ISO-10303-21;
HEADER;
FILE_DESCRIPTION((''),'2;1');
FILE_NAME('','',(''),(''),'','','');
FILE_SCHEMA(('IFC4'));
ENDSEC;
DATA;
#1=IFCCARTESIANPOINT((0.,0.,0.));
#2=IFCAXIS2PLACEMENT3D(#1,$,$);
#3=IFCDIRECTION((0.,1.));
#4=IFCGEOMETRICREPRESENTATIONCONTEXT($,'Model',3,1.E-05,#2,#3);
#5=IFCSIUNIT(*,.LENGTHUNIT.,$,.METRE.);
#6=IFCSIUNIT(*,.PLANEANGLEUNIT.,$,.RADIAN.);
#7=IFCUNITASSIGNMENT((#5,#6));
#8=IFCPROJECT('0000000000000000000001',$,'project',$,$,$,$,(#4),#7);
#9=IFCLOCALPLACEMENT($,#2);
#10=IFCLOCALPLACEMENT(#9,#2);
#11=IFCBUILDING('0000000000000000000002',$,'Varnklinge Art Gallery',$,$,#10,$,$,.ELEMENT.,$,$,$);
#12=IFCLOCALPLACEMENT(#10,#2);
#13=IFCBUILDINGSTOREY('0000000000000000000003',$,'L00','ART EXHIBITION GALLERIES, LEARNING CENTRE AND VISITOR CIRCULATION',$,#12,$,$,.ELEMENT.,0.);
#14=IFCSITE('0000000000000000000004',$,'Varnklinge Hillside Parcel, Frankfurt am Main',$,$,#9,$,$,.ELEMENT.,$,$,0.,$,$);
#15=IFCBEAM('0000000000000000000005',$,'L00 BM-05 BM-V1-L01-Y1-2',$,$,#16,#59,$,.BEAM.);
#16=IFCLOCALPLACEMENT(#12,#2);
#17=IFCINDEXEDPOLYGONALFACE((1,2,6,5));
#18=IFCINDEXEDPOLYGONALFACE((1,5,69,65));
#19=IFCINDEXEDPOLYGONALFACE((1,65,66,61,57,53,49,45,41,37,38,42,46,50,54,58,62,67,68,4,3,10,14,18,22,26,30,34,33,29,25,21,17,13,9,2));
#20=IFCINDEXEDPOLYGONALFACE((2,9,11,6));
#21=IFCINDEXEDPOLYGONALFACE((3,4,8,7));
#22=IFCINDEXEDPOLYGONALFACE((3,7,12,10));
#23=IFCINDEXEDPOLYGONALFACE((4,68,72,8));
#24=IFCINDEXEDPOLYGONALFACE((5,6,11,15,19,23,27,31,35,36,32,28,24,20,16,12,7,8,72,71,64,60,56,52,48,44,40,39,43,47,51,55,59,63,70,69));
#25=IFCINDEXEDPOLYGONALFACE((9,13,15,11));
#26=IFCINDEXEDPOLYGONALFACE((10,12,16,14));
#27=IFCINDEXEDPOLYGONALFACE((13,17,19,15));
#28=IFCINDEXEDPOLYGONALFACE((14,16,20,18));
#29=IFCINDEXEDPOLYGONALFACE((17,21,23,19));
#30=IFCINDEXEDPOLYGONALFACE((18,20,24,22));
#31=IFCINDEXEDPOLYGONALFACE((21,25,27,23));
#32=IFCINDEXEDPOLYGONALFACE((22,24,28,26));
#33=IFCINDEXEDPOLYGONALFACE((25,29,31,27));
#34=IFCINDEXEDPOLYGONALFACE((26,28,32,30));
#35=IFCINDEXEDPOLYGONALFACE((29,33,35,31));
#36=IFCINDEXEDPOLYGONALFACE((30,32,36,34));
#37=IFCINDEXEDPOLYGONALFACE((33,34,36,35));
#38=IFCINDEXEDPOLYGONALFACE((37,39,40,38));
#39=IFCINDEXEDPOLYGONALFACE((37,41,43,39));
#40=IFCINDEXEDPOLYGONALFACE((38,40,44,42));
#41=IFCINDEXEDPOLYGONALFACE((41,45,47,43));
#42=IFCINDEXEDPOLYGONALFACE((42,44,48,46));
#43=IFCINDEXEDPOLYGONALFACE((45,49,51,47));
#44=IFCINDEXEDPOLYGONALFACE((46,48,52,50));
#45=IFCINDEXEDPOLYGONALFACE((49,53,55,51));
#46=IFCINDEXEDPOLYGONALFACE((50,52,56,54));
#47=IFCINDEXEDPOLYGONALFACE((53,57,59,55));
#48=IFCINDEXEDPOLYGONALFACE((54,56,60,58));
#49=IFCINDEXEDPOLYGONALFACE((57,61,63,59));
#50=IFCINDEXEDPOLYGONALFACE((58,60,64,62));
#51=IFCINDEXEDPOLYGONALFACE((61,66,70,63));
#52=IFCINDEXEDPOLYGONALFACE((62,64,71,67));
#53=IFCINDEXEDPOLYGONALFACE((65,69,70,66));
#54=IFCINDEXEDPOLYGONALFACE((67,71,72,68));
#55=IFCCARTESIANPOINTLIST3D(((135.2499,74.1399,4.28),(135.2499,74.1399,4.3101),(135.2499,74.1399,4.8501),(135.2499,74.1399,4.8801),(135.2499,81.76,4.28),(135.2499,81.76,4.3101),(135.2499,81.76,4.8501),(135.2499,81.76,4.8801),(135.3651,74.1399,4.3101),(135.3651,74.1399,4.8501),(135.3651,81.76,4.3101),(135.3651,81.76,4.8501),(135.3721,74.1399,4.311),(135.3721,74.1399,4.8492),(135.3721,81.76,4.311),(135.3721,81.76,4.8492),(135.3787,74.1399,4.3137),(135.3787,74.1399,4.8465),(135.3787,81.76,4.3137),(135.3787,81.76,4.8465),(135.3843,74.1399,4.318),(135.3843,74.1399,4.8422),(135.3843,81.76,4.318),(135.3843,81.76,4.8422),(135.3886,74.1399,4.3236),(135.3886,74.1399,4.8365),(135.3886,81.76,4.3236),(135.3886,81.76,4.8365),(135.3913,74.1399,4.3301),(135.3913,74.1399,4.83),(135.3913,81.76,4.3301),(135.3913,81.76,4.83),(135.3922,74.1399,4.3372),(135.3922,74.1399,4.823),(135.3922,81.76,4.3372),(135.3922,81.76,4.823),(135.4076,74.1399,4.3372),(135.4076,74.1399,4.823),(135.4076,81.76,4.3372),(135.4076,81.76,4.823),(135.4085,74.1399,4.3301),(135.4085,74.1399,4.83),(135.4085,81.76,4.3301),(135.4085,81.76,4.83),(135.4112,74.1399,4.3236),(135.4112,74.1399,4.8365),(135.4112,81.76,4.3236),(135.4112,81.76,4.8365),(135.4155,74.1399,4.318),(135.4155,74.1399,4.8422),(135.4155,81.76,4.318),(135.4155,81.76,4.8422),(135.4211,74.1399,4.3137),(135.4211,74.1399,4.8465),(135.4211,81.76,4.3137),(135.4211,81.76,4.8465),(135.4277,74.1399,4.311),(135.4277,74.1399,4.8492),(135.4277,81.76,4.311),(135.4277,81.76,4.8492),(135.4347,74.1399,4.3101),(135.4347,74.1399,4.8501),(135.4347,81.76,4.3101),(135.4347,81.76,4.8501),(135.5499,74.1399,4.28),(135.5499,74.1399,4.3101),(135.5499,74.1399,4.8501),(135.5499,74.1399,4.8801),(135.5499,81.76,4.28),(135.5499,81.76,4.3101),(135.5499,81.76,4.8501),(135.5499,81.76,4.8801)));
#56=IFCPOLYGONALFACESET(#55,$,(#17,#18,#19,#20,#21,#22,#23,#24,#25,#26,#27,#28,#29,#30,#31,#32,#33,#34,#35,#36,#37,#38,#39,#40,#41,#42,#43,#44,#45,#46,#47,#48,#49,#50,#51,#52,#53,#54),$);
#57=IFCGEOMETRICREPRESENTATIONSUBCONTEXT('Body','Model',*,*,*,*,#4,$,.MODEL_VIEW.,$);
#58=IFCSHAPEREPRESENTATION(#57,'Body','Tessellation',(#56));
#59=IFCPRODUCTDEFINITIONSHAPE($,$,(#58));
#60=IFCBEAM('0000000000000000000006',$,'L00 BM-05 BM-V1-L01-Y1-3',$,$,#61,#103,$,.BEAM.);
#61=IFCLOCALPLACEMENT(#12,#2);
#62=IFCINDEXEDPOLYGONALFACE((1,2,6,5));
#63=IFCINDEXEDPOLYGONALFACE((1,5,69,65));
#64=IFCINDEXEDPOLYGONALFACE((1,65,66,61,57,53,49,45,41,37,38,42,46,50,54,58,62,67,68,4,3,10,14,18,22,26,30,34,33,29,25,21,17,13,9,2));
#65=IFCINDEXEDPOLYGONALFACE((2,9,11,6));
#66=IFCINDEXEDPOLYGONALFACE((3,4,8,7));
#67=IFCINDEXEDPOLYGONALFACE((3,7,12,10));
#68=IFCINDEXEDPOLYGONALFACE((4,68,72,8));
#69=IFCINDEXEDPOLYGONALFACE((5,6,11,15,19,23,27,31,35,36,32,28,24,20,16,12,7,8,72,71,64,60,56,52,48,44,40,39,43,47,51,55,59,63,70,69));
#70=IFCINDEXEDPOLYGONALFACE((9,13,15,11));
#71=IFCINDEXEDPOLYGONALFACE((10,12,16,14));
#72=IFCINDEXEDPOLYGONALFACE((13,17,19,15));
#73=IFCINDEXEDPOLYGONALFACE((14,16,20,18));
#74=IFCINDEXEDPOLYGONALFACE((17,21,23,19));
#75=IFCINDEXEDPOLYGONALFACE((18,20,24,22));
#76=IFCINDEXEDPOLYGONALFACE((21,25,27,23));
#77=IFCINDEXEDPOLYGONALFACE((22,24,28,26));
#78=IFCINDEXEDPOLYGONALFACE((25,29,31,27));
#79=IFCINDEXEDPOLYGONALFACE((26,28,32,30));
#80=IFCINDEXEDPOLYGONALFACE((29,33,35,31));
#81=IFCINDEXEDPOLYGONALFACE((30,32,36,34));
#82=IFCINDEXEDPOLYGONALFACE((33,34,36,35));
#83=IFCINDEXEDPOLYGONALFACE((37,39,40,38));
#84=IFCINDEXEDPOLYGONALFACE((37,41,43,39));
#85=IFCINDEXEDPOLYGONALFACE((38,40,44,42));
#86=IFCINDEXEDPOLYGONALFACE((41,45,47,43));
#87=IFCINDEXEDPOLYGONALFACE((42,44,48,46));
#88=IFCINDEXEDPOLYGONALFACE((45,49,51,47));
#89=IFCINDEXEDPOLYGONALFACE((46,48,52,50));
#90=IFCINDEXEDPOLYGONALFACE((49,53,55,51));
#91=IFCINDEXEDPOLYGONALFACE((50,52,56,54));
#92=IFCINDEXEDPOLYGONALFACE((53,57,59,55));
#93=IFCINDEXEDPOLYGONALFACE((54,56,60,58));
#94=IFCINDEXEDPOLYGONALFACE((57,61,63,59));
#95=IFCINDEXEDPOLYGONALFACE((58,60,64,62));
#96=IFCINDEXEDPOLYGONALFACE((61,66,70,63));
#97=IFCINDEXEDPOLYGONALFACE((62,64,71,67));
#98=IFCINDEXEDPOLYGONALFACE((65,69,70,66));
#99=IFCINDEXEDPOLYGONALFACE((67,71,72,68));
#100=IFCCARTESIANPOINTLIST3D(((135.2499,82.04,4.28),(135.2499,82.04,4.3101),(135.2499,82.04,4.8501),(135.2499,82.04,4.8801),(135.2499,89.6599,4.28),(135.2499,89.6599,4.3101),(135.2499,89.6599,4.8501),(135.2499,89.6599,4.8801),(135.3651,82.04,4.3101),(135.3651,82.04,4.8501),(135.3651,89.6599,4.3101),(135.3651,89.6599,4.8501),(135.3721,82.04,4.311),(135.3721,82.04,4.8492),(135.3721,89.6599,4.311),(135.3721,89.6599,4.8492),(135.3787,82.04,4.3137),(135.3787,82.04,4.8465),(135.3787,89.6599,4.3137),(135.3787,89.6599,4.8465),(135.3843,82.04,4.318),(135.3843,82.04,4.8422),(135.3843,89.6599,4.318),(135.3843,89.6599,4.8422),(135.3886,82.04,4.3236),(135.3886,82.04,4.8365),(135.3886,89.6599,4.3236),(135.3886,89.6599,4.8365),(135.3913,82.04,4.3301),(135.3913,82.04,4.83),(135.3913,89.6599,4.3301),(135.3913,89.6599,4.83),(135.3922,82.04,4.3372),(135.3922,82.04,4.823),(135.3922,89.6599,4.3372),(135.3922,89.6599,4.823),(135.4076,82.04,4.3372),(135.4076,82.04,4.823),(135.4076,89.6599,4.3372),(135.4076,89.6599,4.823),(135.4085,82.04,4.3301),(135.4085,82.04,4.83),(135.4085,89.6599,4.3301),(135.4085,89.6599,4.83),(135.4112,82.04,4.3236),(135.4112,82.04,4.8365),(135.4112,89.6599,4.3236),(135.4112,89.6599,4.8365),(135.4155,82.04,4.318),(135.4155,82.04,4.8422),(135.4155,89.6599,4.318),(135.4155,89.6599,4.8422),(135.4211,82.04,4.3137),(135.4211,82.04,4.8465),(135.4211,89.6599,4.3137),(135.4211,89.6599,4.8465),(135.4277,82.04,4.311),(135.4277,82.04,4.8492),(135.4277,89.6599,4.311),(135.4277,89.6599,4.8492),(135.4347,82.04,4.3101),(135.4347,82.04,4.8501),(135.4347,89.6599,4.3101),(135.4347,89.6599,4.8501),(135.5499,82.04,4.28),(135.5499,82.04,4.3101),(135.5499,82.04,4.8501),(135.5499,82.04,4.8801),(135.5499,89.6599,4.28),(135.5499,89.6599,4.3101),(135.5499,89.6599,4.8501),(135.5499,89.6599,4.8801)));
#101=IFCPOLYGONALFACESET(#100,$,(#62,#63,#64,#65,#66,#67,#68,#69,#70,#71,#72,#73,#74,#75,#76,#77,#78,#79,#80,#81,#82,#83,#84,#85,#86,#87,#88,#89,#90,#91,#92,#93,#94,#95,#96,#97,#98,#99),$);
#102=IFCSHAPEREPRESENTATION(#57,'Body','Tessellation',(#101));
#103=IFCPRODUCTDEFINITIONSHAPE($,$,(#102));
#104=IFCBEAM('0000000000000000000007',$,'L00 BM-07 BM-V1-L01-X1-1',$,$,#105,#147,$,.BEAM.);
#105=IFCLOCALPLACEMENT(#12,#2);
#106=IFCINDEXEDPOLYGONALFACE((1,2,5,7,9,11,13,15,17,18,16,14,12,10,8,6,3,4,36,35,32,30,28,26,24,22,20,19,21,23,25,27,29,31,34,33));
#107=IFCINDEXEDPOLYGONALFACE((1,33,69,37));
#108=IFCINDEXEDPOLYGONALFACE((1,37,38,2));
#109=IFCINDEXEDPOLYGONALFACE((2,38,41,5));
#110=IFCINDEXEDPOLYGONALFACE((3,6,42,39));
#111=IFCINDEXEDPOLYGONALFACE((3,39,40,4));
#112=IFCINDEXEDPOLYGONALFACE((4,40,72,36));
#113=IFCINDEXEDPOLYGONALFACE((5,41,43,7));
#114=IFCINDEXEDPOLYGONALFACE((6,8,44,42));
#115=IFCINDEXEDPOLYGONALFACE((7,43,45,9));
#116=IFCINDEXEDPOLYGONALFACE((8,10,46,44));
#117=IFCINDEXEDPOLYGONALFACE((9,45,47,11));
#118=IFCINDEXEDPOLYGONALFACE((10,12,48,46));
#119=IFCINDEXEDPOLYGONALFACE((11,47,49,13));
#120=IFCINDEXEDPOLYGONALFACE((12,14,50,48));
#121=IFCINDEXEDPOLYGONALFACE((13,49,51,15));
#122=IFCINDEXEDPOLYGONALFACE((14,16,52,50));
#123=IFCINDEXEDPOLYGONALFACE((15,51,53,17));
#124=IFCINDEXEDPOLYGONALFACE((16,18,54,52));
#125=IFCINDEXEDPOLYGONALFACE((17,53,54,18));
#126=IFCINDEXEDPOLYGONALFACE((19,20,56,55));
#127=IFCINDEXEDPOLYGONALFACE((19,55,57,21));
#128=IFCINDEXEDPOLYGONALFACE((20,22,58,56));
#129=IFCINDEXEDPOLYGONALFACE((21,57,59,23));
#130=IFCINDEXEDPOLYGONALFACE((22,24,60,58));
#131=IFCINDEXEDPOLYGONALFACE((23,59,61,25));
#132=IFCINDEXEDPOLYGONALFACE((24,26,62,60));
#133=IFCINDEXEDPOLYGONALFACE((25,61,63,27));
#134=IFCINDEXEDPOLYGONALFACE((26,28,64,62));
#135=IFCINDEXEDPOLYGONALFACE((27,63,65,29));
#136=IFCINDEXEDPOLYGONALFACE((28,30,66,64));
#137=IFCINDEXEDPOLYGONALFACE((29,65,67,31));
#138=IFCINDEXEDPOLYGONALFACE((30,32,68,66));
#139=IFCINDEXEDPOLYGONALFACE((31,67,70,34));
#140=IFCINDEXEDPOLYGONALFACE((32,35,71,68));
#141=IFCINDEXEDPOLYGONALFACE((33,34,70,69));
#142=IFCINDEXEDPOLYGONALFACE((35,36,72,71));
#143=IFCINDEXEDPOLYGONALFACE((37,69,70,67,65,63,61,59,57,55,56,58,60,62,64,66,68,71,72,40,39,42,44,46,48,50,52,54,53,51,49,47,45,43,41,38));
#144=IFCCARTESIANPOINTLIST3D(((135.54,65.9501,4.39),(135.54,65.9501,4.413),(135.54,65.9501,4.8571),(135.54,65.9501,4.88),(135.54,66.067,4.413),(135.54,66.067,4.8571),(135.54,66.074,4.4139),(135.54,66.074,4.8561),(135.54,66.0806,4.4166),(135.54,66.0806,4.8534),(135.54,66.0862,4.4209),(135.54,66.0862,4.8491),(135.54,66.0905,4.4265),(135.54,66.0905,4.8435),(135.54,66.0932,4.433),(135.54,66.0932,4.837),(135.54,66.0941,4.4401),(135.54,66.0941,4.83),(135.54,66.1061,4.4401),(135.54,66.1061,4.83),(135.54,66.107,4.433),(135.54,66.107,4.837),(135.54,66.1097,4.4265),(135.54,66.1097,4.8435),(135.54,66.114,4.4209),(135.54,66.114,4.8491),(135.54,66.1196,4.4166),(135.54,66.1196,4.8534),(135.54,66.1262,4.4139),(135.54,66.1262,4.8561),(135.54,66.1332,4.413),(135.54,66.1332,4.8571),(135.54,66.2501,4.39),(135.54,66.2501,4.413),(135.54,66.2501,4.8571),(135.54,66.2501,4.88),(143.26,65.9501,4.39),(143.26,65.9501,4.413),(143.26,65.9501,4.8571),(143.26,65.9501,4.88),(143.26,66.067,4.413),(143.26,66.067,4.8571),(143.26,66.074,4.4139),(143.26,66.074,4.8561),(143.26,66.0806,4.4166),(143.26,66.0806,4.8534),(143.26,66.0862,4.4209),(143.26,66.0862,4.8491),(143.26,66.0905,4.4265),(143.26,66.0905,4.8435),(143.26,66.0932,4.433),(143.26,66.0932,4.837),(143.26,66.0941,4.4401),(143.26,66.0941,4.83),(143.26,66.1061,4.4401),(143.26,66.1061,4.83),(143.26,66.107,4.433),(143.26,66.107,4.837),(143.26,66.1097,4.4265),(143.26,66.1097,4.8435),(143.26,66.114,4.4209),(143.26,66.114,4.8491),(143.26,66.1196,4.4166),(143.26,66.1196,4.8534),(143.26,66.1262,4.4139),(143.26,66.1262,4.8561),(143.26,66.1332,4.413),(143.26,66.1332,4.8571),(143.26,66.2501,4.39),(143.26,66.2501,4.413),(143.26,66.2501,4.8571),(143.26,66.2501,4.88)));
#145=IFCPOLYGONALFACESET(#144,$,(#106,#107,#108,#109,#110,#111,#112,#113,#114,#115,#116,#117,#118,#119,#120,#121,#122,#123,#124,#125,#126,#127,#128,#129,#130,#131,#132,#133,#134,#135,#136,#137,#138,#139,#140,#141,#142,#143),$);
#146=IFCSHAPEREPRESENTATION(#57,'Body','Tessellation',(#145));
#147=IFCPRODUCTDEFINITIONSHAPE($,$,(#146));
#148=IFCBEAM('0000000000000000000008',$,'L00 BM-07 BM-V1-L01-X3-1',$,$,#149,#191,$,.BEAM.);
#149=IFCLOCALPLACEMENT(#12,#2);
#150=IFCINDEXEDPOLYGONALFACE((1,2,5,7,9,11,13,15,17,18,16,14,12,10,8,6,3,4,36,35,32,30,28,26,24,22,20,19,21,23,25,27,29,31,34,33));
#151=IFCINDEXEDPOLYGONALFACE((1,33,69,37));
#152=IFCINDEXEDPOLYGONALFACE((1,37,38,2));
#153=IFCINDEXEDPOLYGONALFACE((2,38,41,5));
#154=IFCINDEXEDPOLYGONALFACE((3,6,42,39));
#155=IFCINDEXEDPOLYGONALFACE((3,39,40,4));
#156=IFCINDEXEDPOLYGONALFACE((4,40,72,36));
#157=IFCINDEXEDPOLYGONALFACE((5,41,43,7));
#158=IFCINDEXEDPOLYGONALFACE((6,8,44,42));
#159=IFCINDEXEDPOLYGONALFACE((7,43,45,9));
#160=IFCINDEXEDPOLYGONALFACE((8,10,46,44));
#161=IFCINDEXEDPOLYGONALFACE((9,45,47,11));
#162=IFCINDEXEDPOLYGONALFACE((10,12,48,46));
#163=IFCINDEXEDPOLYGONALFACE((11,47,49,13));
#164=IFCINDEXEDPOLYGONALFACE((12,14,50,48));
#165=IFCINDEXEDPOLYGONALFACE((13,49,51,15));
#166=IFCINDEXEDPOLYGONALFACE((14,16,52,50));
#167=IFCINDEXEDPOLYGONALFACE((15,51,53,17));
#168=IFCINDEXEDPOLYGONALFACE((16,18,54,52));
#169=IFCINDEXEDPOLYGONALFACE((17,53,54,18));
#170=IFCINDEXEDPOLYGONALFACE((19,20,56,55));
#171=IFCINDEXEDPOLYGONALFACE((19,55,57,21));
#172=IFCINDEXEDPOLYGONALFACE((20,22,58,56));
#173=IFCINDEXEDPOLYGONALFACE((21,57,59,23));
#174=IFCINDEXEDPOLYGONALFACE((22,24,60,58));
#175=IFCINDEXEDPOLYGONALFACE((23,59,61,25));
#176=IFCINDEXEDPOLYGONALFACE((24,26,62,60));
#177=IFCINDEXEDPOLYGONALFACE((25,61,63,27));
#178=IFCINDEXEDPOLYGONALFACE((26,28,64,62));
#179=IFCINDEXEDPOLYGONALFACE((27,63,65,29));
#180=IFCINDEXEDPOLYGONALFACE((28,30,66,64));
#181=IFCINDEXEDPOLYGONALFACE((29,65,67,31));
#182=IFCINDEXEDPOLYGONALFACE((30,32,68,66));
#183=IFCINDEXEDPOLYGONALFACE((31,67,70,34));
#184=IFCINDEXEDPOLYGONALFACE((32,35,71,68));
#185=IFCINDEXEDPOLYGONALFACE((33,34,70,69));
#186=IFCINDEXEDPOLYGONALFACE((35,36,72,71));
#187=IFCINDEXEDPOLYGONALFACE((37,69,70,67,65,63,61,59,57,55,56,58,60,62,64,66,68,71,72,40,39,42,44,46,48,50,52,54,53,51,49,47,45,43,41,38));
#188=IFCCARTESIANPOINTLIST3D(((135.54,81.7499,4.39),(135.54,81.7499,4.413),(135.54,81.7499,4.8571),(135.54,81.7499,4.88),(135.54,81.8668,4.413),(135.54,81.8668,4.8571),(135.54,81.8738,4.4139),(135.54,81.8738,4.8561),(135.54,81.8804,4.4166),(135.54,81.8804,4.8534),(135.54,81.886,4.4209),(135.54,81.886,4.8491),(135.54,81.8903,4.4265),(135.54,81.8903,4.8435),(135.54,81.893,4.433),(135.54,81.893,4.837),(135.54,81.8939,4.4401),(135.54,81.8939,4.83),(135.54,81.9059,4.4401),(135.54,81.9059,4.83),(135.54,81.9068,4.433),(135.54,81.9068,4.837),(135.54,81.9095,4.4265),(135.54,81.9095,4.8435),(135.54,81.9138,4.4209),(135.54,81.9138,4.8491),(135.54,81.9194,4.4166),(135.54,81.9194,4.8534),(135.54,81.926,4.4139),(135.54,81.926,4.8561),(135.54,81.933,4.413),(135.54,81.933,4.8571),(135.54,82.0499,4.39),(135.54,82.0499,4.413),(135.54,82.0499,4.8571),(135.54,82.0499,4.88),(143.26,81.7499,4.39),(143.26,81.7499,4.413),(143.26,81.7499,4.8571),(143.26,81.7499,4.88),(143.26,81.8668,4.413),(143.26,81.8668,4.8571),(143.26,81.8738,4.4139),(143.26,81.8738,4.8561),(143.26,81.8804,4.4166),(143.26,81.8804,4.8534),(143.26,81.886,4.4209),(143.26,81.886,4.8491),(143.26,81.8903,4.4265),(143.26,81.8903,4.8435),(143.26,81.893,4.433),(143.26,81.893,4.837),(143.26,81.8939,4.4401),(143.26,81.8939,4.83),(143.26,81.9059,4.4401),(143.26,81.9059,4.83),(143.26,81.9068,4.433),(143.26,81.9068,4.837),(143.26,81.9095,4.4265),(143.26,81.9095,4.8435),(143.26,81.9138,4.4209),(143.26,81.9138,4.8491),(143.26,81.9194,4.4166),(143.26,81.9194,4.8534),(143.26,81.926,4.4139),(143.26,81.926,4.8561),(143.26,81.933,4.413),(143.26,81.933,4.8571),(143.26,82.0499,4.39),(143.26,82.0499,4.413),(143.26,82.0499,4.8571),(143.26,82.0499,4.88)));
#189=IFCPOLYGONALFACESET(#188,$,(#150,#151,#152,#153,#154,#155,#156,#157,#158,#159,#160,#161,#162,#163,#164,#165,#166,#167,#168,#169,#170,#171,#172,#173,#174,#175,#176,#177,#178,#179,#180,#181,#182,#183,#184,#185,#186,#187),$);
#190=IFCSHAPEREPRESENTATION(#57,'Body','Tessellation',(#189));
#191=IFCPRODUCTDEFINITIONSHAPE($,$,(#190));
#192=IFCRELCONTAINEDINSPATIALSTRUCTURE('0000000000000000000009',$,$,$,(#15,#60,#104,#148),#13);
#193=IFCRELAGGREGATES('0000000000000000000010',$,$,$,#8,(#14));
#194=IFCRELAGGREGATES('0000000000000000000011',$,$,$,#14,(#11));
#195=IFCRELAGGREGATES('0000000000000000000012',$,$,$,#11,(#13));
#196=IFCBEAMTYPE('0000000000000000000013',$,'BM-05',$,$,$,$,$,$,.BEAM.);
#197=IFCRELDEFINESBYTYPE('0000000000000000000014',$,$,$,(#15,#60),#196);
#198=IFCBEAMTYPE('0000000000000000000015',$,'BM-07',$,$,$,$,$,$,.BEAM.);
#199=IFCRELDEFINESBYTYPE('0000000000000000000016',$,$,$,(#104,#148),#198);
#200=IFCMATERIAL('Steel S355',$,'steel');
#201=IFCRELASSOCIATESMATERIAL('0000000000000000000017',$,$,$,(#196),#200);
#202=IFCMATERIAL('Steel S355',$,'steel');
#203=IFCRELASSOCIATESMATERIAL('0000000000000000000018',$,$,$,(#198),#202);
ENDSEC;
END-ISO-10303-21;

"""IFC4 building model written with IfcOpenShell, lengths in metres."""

from ifc_helpers import new_model, si_unit, direction, frame, origin, origin_2d, place, context, subcontext, project, spatial, i_section, extrude, material, material_profile, profile_set, type_object, element, save


model = new_model("IFC4")

# Units and contexts
model_context = context("Model", 3, precision=1e-05, world=origin(), true_north=direction((0.0, 1.0)))
body_context = subcontext(model_context, "Body", "Model", "MODEL_VIEW")
ifc_project = project(units=[si_unit("LENGTHUNIT", "METRE"), si_unit("PLANEANGLEUNIT", "RADIAN")], contexts=[model_context])

# Site, building, storey
site_placement = place(None, origin())
site = spatial("IfcSite", under=ifc_project, at=site_placement, Name="Varnklinge Hillside Parcel, Frankfurt am Main", CompositionType="ELEMENT", RefElevation=0.0)
building_placement = place(site_placement, origin())
building = spatial("IfcBuilding", under=site, at=building_placement, Name="Varnklinge Art Gallery", CompositionType="ELEMENT")
storey_placement = place(building_placement, origin())
storey = spatial("IfcBuildingStorey", under=building, at=storey_placement, Name="L00", Description="ART EXHIBITION GALLERIES, LEARNING CENTRE AND VISITOR CIRCULATION", CompositionType="ELEMENT", Elevation=0.0)

# Beams
ifc_material_1 = material(Name="Steel S355", Category="steel")
ifc_material_profile_1 = material_profile(ifc_material_1, i_section(OverallWidth=0.3, OverallDepth=0.6001, WebThickness=0.0154, FlangeThickness=0.03, FilletRadius=0.0271, at=origin_2d()), Name="HEB 600")
ifc_profile_set_1 = profile_set([ifc_material_profile_1], Name="Steel S355")
beam_type_1 = type_object("IfcBeamType", Name="BM-05", PredefinedType="BEAM", material=ifc_profile_set_1)
for number, where, z_axis, x_axis, name in (
    (1, (135.3999, 74.1399, 4.5801), (0.0, 1.0, 0.0), (-1.0, 0.0, 0.0), "L00 BM-05 BM-V1-L01-Y1-2"),
):
    element("IfcBeam", number, at=place(storey_placement, frame(where, z_axis=z_axis, x_axis=x_axis)), inside=storey, type_object=beam_type_1, Name=name, PredefinedType="BEAM", context=body_context, shape_type="SweptSolid", body=[
        extrude(i_section(OverallWidth=0.3, OverallDepth=0.6001, WebThickness=0.0154, FlangeThickness=0.03, FilletRadius=0.0271, at=origin_2d()), origin(), (0.0, 0.0, 1.0), 7.6201),
    ])
beam_placement = place(storey_placement, frame((135.3999, 82.04, 4.5801), z_axis=(0.0, 1.0, 0.0), x_axis=(-1.0, 0.0, 0.0)))
element("IfcBeam", 2, at=beam_placement, inside=storey, type_object=beam_type_1, Name="L00 BM-05 BM-V1-L01-Y1-3", PredefinedType="BEAM", context=body_context, shape_type="SweptSolid", body=[
    extrude(i_section(OverallWidth=0.3, OverallDepth=0.6001, WebThickness=0.0154, FlangeThickness=0.03, FilletRadius=0.0271, at=origin_2d()), origin(), (0.0, 0.0, 1.0), 7.6199),
])
ifc_material_2 = material(Name="Steel S355", Category="steel")
ifc_material_profile_2 = material_profile(ifc_material_2, i_section(OverallWidth=0.3, OverallDepth=0.49, WebThickness=0.012, FlangeThickness=0.0229, FilletRadius=0.0271, at=origin_2d()), Name="HEA 500")
ifc_profile_set_2 = profile_set([ifc_material_profile_2], Name="Steel S355")
beam_type_2 = type_object("IfcBeamType", Name="BM-07", PredefinedType="BEAM", material=ifc_profile_set_2)
for number, where, z_axis, x_axis, name in (
    (3, (135.54, 66.1001, 4.635), (1.0, 0.0, 0.0), (0.0, 1.0, 0.0), "L00 BM-07 BM-V1-L01-X1-1"),
    (4, (135.54, 81.8999, 4.635), (1.0, 0.0, 0.0), (0.0, 1.0, 0.0), "L00 BM-07 BM-V1-L01-X3-1"),
):
    element("IfcBeam", number, at=place(storey_placement, frame(where, z_axis=z_axis, x_axis=x_axis)), inside=storey, type_object=beam_type_2, Name=name, PredefinedType="BEAM", context=body_context, shape_type="SweptSolid", body=[
        extrude(i_section(OverallWidth=0.3, OverallDepth=0.49, WebThickness=0.012, FlangeThickness=0.0229, FilletRadius=0.0271, at=origin_2d()), origin(), (0.0, 0.0, 1.0), 7.72),
    ])

save(model, "model.ifc")
